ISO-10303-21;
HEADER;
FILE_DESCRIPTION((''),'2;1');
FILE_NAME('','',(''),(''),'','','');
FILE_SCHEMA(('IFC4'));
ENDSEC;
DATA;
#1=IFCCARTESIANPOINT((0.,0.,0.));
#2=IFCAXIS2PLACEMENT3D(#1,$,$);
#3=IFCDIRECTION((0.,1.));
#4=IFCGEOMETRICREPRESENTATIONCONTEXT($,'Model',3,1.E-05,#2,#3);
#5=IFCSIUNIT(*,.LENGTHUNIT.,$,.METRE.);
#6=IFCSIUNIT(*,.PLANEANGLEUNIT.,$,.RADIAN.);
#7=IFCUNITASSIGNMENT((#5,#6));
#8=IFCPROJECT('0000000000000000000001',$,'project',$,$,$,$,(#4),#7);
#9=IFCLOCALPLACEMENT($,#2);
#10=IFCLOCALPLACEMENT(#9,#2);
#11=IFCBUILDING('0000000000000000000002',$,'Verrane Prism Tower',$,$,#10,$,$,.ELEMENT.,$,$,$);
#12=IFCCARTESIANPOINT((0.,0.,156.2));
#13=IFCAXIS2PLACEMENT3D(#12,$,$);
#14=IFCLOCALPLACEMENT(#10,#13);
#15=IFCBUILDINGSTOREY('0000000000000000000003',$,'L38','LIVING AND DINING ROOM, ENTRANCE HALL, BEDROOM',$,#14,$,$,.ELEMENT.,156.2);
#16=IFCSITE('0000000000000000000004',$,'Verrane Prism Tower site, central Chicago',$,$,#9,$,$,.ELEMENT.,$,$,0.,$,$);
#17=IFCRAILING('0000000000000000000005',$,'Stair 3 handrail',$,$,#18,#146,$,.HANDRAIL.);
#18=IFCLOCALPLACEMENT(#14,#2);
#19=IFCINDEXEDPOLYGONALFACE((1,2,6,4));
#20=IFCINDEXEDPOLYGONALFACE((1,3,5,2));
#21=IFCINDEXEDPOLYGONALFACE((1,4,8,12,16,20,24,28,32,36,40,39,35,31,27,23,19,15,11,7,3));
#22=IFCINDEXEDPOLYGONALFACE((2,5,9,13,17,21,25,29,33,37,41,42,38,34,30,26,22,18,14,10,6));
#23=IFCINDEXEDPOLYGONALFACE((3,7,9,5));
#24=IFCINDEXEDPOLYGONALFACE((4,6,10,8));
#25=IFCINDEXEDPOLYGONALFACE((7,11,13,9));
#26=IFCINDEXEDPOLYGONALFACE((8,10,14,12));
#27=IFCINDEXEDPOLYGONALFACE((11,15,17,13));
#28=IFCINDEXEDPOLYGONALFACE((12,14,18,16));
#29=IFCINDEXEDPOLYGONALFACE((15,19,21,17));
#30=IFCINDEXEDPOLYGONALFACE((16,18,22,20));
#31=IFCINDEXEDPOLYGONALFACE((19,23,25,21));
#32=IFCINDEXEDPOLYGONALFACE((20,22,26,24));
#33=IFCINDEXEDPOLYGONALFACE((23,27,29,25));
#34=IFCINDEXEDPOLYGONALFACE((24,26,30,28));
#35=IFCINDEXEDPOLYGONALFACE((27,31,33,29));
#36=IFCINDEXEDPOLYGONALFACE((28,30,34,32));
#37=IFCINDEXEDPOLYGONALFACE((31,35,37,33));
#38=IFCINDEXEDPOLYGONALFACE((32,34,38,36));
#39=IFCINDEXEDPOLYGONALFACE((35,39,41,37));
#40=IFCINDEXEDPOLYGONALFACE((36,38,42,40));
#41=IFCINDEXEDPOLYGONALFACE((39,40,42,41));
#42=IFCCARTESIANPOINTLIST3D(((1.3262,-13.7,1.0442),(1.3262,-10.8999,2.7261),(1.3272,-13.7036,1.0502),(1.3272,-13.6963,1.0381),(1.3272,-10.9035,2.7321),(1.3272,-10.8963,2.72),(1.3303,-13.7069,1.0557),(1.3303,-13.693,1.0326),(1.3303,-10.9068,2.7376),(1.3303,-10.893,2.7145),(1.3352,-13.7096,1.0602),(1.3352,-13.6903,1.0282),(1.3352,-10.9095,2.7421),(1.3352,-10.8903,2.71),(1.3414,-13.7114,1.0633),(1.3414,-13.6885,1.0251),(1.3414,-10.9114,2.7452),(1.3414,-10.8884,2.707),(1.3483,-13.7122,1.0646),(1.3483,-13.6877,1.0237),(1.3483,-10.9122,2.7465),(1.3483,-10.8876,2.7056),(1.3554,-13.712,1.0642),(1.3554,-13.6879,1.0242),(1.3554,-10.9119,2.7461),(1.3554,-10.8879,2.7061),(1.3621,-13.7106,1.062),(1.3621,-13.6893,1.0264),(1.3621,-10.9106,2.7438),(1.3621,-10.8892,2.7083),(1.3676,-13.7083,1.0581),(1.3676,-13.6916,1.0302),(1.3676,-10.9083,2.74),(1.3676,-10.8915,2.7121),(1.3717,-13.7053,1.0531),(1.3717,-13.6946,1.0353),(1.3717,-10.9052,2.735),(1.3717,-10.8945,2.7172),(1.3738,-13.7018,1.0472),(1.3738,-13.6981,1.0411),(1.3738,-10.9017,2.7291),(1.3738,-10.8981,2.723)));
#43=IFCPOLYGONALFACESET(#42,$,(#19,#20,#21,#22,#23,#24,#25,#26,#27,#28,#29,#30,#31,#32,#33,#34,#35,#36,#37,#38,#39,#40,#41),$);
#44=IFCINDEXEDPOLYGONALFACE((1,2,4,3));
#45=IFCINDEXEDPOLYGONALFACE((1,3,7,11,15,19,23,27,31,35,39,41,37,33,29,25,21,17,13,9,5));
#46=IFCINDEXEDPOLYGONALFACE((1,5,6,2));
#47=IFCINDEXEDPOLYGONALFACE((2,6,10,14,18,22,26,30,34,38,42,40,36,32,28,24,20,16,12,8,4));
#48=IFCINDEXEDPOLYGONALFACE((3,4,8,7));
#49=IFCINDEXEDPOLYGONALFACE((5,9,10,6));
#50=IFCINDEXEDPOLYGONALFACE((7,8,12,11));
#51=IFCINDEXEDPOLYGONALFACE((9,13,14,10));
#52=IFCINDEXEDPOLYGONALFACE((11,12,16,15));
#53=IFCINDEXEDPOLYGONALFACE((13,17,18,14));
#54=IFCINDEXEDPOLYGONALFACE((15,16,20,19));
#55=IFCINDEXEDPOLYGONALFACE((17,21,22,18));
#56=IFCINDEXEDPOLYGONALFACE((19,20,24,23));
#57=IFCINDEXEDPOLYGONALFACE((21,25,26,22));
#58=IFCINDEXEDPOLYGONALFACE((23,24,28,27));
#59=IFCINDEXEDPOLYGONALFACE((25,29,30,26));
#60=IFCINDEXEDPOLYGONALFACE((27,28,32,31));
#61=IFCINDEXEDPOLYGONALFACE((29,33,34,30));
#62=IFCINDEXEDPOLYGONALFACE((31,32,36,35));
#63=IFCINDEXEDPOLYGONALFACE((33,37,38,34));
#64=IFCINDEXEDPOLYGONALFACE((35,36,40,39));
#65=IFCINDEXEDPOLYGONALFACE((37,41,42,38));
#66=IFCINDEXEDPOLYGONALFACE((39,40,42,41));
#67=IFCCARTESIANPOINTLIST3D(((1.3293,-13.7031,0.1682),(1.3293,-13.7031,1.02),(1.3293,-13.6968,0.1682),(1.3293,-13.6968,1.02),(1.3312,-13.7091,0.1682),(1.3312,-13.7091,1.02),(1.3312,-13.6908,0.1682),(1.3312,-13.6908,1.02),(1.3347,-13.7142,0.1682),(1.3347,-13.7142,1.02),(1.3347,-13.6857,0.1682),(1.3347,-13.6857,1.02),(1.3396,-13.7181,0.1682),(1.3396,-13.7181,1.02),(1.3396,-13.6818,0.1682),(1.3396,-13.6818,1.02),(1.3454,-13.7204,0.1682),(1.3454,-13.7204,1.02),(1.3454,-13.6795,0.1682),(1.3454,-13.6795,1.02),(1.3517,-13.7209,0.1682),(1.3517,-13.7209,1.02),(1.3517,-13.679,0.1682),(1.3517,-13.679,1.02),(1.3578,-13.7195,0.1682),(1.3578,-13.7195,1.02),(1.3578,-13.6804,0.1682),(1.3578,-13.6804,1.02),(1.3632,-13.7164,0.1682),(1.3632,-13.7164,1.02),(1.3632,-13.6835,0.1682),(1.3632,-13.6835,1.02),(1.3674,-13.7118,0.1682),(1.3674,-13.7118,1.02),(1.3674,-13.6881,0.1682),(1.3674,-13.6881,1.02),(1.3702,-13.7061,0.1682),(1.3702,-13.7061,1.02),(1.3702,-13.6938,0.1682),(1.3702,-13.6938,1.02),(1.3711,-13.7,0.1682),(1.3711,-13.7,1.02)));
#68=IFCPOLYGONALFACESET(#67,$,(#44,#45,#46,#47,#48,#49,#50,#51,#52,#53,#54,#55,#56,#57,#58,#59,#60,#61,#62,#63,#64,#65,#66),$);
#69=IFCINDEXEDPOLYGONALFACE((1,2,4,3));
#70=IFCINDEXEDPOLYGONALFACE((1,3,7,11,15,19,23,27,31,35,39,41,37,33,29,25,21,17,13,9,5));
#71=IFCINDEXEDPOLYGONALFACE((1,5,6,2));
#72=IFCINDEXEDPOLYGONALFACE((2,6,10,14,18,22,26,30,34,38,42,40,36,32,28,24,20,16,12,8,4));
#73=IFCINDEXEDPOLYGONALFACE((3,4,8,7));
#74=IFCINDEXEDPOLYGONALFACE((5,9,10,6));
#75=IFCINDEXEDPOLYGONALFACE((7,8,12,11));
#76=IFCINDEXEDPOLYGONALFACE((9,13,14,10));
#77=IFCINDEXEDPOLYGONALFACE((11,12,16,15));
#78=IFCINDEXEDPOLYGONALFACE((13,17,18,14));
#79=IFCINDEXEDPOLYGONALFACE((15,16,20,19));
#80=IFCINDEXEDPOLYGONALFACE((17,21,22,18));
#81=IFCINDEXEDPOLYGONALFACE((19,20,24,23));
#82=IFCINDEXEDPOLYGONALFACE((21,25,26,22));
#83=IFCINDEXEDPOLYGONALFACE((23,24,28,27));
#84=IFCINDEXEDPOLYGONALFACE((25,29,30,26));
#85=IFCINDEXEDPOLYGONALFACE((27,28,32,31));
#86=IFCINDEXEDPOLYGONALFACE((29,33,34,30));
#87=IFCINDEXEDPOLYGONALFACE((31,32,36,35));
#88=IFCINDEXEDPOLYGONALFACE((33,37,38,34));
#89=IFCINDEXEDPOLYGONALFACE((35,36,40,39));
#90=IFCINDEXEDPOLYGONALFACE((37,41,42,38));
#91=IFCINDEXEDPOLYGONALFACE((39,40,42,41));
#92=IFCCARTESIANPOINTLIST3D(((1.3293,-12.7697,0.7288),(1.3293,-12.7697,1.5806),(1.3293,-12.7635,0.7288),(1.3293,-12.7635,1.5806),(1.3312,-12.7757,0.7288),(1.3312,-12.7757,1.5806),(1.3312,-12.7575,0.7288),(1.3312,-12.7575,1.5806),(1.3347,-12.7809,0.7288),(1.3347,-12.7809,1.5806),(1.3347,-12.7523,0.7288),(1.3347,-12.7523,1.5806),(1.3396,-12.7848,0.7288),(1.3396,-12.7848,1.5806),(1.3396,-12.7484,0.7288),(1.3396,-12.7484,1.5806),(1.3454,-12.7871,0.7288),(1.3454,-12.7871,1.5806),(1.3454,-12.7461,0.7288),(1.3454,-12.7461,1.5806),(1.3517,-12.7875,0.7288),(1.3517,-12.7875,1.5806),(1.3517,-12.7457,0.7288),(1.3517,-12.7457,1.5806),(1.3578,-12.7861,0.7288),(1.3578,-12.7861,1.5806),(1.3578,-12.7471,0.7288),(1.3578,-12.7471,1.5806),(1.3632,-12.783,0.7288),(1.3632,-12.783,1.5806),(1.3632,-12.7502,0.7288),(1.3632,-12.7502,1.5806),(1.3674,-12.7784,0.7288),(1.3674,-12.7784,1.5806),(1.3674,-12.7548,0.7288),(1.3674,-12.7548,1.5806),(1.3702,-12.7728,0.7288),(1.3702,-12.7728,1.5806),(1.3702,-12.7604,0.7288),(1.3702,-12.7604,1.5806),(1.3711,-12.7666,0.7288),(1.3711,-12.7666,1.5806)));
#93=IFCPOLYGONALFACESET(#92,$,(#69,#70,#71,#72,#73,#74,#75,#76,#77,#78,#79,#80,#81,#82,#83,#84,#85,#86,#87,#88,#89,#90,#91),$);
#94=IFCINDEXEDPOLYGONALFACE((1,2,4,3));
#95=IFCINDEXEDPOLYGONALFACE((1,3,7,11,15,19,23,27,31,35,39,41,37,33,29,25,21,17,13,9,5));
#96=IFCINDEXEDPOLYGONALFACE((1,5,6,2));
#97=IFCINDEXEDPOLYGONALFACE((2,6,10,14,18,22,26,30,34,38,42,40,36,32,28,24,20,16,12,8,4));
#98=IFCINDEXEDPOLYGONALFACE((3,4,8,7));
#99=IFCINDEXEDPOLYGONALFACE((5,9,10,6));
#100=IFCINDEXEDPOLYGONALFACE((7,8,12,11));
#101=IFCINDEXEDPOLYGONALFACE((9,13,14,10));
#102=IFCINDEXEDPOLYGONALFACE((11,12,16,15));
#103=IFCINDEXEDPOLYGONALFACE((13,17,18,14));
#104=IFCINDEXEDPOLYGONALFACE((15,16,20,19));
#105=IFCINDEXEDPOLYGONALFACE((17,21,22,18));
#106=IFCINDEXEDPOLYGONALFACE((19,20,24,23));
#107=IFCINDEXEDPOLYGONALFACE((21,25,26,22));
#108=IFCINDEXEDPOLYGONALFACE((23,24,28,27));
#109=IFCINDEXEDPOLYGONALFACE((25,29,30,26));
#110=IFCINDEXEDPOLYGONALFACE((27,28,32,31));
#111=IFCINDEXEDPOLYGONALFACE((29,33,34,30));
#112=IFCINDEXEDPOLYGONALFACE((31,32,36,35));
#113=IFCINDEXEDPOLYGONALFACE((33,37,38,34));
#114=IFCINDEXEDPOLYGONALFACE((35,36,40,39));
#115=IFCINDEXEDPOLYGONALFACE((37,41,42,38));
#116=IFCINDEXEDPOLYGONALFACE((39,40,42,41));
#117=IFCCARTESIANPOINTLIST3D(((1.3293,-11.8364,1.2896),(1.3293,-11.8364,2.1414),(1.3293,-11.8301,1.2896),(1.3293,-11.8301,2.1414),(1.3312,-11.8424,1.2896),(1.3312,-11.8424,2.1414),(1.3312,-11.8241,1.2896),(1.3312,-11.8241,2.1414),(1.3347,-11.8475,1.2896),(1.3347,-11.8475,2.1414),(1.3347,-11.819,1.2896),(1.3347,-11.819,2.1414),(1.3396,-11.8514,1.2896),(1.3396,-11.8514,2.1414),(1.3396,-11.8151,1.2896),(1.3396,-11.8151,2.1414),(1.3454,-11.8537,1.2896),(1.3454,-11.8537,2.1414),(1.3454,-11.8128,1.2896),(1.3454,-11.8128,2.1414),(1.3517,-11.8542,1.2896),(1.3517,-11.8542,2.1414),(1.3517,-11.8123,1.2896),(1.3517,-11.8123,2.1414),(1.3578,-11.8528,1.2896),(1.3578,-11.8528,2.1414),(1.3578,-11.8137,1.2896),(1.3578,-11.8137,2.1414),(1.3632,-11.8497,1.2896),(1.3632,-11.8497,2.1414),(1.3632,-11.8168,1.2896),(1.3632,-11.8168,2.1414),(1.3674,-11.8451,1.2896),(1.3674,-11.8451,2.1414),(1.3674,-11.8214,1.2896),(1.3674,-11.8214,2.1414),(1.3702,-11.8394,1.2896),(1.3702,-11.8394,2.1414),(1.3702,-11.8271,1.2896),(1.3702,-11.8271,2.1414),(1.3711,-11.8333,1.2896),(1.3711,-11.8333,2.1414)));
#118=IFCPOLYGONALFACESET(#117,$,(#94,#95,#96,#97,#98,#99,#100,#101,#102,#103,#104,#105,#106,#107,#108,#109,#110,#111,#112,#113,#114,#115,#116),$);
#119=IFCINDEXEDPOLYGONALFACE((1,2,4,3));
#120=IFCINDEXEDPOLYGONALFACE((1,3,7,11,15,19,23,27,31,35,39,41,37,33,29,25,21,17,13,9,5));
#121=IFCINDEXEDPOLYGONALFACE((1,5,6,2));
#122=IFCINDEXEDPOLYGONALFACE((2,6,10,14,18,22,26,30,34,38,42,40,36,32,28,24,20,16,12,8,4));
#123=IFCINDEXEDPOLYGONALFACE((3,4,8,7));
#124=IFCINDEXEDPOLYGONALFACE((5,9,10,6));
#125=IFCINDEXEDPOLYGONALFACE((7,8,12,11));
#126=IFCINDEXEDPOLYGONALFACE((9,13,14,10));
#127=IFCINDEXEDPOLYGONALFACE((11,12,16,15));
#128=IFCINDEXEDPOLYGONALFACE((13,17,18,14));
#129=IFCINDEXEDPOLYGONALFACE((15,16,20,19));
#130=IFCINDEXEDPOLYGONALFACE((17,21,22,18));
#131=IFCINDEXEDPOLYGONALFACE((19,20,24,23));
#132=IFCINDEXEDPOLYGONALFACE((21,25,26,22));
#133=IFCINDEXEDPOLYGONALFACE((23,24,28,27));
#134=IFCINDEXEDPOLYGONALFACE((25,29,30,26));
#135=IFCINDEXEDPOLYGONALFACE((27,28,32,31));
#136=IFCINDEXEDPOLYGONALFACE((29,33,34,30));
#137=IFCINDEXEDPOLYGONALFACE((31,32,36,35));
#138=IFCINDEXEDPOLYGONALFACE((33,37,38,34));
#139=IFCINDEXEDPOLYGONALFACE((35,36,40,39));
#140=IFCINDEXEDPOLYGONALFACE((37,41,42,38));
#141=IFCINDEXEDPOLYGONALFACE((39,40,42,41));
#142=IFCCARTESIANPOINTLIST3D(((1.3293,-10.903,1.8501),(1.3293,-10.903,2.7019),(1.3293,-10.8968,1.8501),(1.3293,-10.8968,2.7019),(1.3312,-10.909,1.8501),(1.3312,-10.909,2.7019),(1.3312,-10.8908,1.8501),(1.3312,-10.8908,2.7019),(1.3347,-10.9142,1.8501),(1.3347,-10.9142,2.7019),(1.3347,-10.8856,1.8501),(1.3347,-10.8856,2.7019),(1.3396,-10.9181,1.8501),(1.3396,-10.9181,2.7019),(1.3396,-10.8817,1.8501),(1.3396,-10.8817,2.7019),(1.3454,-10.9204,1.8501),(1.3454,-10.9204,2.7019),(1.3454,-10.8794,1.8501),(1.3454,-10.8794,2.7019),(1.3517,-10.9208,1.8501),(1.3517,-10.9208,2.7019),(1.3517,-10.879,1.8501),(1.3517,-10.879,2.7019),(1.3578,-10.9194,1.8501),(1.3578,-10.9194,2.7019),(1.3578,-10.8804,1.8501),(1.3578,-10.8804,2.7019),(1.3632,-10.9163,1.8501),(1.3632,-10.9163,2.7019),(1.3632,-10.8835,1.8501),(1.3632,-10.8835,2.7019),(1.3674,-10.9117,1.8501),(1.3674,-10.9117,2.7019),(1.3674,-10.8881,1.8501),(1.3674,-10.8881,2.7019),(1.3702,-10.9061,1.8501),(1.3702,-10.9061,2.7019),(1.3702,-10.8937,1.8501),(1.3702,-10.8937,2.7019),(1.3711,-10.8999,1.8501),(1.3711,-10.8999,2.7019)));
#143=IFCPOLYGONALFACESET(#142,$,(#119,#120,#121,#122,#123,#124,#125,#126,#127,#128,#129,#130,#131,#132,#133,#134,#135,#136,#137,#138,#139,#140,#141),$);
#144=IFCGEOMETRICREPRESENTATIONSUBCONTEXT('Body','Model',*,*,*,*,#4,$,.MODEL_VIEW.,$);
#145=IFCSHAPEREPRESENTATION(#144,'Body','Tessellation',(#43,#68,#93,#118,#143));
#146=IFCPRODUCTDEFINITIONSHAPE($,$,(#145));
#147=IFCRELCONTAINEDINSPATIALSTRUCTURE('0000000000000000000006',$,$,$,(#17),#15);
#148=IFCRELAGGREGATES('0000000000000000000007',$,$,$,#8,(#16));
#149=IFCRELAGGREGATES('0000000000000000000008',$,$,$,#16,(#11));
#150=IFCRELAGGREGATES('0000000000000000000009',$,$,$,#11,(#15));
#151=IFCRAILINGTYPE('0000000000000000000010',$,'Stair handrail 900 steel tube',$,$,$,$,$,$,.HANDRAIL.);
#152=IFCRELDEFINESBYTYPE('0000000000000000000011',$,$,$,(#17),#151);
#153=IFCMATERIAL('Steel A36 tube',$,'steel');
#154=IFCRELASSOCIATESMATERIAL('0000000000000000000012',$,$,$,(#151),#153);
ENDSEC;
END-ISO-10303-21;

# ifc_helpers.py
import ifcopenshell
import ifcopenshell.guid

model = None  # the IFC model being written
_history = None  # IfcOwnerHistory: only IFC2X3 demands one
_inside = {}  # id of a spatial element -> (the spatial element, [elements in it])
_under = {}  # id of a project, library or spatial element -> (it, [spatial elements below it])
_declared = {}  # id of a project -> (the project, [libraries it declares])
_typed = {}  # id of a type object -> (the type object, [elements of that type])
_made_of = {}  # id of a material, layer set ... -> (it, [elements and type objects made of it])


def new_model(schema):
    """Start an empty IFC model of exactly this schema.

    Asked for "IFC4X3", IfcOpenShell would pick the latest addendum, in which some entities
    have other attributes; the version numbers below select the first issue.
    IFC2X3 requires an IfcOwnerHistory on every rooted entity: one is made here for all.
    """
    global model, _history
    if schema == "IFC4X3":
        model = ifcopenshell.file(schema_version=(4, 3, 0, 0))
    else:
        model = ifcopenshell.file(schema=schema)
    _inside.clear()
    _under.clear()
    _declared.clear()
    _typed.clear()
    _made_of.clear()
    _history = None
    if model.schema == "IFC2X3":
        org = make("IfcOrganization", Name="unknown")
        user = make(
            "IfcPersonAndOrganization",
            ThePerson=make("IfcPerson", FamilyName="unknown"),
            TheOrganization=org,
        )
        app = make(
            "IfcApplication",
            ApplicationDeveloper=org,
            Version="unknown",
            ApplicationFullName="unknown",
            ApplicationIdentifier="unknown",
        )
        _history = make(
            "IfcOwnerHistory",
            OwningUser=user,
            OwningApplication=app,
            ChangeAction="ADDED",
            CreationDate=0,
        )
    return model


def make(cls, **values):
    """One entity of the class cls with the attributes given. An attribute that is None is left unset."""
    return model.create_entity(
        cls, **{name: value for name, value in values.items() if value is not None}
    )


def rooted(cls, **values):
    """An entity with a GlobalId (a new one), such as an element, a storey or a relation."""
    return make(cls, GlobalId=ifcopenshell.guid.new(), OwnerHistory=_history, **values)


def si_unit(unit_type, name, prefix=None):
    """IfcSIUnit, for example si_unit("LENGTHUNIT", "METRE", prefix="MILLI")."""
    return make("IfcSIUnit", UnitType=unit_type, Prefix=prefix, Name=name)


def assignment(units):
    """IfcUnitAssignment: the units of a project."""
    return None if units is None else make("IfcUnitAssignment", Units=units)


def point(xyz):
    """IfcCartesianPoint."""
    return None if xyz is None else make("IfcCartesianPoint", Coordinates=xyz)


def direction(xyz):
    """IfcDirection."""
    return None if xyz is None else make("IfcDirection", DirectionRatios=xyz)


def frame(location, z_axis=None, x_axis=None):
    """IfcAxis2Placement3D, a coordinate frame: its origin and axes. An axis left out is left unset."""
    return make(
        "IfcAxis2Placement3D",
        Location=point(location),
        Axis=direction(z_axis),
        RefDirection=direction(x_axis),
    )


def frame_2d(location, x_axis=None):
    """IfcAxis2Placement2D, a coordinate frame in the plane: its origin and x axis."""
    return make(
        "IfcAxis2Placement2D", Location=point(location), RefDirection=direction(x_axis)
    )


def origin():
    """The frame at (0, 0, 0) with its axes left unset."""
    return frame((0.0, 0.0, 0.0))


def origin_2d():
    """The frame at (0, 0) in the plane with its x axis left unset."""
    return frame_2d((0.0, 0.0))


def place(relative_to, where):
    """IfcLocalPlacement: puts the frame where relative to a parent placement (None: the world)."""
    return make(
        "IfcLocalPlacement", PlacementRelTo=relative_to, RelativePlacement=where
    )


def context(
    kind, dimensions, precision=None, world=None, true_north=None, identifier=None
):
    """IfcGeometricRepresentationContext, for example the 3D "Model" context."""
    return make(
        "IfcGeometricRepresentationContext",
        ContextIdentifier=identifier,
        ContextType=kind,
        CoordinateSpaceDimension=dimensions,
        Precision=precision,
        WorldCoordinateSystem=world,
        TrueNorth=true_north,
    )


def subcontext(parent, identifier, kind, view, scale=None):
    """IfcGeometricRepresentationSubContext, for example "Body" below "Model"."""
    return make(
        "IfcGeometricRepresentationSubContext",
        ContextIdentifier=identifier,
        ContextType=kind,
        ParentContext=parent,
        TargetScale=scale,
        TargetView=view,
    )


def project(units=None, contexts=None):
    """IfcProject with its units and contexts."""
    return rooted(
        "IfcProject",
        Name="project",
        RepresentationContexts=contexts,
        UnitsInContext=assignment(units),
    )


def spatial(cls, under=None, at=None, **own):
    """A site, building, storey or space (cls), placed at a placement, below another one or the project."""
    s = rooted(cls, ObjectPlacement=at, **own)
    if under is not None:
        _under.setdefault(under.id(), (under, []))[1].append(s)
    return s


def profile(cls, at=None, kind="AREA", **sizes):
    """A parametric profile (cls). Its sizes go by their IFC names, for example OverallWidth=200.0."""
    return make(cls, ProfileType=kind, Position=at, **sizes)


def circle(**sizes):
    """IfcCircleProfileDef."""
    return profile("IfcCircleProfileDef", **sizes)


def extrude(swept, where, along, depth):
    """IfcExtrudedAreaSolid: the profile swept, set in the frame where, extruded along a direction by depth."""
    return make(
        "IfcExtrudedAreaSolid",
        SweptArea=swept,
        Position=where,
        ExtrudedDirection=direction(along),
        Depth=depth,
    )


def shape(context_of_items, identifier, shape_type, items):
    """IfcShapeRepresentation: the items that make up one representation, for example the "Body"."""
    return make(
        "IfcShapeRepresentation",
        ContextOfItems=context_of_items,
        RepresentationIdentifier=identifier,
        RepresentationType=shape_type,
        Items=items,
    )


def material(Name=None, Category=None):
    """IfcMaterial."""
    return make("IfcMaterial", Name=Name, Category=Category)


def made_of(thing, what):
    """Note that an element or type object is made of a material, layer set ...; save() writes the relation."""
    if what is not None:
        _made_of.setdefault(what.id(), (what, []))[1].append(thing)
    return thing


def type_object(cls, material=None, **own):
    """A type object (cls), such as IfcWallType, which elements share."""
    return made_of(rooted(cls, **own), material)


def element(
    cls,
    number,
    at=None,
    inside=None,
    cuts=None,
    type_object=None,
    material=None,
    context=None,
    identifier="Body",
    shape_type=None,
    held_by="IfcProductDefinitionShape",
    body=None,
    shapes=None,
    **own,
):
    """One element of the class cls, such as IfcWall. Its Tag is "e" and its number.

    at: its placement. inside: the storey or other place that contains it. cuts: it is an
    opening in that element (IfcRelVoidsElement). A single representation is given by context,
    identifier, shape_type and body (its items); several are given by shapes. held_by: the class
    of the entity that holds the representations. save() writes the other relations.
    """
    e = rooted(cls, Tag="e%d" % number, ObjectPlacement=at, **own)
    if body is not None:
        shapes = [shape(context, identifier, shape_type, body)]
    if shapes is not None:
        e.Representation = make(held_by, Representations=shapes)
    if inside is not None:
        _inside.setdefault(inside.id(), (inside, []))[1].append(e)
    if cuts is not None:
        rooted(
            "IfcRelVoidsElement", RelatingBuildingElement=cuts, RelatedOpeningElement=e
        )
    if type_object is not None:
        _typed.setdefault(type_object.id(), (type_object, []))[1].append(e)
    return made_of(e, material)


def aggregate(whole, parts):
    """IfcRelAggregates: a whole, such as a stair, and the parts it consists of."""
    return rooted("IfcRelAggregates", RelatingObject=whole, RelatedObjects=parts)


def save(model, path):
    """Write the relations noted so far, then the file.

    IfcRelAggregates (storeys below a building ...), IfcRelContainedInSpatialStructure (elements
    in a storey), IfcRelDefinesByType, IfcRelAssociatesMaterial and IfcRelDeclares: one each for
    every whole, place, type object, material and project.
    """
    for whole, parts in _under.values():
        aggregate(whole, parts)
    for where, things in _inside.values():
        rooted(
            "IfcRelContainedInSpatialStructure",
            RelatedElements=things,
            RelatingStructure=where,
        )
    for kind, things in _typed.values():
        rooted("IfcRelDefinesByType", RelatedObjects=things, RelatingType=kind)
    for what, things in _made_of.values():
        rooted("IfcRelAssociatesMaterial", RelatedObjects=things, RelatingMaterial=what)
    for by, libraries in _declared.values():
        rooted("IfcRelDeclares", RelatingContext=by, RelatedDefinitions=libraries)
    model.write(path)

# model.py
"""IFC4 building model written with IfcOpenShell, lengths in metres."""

from ifc_helpers import new_model, si_unit, direction, frame, origin, origin_2d, place, context, subcontext, project, spatial, circle, extrude, material, type_object, element, save


model = new_model("IFC4")

# Units and contexts
model_context = context("Model", 3, precision=1e-05, world=origin(), true_north=direction((0.0, 1.0)))
body_context = subcontext(model_context, "Body", "Model", "MODEL_VIEW")
ifc_project = project(units=[si_unit("LENGTHUNIT", "METRE"), si_unit("PLANEANGLEUNIT", "RADIAN")], contexts=[model_context])

# Site, building, storey
site_placement = place(None, origin())
site = spatial("IfcSite", under=ifc_project, at=site_placement, Name="Verrane Prism Tower site, central Chicago", CompositionType="ELEMENT", RefElevation=0.0)
building_placement = place(site_placement, origin())
building = spatial("IfcBuilding", under=site, at=building_placement, Name="Verrane Prism Tower", CompositionType="ELEMENT")
storey_placement = place(building_placement, frame((0.0, 0.0, 156.2)))
storey = spatial("IfcBuildingStorey", under=building, at=storey_placement, Name="L38", Description="LIVING AND DINING ROOM, ENTRANCE HALL, BEDROOM", CompositionType="ELEMENT", Elevation=156.2)

# Railing
ifc_material_1 = material(Name="Steel A36 tube", Category="steel")
railing_type_1 = type_object("IfcRailingType", Name="Stair handrail 900 steel tube", PredefinedType="HANDRAIL", material=ifc_material_1)
railing_1_placement = place(storey_placement, frame((1.3501, -13.7, 0.1682)))
element("IfcRailing", 1, at=railing_1_placement, inside=storey, type_object=railing_type_1, Name="Stair 3 handrail", PredefinedType="HANDRAIL", context=body_context, shape_type="SweptSolid", body=[
    extrude(circle(Radius=0.0239, at=origin_2d()), frame((0.0, 0.0, 0.876), z_axis=(0.0, 0.857242, 0.514913), x_axis=(-1.0, 0.0, 0.0)), (0.0, 0.0, 1.0), 3.2664),
    extrude(circle(Radius=0.021, at=origin_2d()), origin(), (0.0, 0.0, 1.0), 0.8518),
    extrude(circle(Radius=0.021, at=origin_2d()), frame((0.0, 0.9333, 0.5605)), (0.0, 0.0, 1.0), 0.8518),
    extrude(circle(Radius=0.021, at=origin_2d()), frame((0.0, 1.8667, 1.1213)), (0.0, 0.0, 1.0), 0.8518),
    extrude(circle(Radius=0.021, at=origin_2d()), frame((0.0, 2.8, 1.6819)), (0.0, 0.0, 1.0), 0.8518),
])

save(model, "model.ifc")
